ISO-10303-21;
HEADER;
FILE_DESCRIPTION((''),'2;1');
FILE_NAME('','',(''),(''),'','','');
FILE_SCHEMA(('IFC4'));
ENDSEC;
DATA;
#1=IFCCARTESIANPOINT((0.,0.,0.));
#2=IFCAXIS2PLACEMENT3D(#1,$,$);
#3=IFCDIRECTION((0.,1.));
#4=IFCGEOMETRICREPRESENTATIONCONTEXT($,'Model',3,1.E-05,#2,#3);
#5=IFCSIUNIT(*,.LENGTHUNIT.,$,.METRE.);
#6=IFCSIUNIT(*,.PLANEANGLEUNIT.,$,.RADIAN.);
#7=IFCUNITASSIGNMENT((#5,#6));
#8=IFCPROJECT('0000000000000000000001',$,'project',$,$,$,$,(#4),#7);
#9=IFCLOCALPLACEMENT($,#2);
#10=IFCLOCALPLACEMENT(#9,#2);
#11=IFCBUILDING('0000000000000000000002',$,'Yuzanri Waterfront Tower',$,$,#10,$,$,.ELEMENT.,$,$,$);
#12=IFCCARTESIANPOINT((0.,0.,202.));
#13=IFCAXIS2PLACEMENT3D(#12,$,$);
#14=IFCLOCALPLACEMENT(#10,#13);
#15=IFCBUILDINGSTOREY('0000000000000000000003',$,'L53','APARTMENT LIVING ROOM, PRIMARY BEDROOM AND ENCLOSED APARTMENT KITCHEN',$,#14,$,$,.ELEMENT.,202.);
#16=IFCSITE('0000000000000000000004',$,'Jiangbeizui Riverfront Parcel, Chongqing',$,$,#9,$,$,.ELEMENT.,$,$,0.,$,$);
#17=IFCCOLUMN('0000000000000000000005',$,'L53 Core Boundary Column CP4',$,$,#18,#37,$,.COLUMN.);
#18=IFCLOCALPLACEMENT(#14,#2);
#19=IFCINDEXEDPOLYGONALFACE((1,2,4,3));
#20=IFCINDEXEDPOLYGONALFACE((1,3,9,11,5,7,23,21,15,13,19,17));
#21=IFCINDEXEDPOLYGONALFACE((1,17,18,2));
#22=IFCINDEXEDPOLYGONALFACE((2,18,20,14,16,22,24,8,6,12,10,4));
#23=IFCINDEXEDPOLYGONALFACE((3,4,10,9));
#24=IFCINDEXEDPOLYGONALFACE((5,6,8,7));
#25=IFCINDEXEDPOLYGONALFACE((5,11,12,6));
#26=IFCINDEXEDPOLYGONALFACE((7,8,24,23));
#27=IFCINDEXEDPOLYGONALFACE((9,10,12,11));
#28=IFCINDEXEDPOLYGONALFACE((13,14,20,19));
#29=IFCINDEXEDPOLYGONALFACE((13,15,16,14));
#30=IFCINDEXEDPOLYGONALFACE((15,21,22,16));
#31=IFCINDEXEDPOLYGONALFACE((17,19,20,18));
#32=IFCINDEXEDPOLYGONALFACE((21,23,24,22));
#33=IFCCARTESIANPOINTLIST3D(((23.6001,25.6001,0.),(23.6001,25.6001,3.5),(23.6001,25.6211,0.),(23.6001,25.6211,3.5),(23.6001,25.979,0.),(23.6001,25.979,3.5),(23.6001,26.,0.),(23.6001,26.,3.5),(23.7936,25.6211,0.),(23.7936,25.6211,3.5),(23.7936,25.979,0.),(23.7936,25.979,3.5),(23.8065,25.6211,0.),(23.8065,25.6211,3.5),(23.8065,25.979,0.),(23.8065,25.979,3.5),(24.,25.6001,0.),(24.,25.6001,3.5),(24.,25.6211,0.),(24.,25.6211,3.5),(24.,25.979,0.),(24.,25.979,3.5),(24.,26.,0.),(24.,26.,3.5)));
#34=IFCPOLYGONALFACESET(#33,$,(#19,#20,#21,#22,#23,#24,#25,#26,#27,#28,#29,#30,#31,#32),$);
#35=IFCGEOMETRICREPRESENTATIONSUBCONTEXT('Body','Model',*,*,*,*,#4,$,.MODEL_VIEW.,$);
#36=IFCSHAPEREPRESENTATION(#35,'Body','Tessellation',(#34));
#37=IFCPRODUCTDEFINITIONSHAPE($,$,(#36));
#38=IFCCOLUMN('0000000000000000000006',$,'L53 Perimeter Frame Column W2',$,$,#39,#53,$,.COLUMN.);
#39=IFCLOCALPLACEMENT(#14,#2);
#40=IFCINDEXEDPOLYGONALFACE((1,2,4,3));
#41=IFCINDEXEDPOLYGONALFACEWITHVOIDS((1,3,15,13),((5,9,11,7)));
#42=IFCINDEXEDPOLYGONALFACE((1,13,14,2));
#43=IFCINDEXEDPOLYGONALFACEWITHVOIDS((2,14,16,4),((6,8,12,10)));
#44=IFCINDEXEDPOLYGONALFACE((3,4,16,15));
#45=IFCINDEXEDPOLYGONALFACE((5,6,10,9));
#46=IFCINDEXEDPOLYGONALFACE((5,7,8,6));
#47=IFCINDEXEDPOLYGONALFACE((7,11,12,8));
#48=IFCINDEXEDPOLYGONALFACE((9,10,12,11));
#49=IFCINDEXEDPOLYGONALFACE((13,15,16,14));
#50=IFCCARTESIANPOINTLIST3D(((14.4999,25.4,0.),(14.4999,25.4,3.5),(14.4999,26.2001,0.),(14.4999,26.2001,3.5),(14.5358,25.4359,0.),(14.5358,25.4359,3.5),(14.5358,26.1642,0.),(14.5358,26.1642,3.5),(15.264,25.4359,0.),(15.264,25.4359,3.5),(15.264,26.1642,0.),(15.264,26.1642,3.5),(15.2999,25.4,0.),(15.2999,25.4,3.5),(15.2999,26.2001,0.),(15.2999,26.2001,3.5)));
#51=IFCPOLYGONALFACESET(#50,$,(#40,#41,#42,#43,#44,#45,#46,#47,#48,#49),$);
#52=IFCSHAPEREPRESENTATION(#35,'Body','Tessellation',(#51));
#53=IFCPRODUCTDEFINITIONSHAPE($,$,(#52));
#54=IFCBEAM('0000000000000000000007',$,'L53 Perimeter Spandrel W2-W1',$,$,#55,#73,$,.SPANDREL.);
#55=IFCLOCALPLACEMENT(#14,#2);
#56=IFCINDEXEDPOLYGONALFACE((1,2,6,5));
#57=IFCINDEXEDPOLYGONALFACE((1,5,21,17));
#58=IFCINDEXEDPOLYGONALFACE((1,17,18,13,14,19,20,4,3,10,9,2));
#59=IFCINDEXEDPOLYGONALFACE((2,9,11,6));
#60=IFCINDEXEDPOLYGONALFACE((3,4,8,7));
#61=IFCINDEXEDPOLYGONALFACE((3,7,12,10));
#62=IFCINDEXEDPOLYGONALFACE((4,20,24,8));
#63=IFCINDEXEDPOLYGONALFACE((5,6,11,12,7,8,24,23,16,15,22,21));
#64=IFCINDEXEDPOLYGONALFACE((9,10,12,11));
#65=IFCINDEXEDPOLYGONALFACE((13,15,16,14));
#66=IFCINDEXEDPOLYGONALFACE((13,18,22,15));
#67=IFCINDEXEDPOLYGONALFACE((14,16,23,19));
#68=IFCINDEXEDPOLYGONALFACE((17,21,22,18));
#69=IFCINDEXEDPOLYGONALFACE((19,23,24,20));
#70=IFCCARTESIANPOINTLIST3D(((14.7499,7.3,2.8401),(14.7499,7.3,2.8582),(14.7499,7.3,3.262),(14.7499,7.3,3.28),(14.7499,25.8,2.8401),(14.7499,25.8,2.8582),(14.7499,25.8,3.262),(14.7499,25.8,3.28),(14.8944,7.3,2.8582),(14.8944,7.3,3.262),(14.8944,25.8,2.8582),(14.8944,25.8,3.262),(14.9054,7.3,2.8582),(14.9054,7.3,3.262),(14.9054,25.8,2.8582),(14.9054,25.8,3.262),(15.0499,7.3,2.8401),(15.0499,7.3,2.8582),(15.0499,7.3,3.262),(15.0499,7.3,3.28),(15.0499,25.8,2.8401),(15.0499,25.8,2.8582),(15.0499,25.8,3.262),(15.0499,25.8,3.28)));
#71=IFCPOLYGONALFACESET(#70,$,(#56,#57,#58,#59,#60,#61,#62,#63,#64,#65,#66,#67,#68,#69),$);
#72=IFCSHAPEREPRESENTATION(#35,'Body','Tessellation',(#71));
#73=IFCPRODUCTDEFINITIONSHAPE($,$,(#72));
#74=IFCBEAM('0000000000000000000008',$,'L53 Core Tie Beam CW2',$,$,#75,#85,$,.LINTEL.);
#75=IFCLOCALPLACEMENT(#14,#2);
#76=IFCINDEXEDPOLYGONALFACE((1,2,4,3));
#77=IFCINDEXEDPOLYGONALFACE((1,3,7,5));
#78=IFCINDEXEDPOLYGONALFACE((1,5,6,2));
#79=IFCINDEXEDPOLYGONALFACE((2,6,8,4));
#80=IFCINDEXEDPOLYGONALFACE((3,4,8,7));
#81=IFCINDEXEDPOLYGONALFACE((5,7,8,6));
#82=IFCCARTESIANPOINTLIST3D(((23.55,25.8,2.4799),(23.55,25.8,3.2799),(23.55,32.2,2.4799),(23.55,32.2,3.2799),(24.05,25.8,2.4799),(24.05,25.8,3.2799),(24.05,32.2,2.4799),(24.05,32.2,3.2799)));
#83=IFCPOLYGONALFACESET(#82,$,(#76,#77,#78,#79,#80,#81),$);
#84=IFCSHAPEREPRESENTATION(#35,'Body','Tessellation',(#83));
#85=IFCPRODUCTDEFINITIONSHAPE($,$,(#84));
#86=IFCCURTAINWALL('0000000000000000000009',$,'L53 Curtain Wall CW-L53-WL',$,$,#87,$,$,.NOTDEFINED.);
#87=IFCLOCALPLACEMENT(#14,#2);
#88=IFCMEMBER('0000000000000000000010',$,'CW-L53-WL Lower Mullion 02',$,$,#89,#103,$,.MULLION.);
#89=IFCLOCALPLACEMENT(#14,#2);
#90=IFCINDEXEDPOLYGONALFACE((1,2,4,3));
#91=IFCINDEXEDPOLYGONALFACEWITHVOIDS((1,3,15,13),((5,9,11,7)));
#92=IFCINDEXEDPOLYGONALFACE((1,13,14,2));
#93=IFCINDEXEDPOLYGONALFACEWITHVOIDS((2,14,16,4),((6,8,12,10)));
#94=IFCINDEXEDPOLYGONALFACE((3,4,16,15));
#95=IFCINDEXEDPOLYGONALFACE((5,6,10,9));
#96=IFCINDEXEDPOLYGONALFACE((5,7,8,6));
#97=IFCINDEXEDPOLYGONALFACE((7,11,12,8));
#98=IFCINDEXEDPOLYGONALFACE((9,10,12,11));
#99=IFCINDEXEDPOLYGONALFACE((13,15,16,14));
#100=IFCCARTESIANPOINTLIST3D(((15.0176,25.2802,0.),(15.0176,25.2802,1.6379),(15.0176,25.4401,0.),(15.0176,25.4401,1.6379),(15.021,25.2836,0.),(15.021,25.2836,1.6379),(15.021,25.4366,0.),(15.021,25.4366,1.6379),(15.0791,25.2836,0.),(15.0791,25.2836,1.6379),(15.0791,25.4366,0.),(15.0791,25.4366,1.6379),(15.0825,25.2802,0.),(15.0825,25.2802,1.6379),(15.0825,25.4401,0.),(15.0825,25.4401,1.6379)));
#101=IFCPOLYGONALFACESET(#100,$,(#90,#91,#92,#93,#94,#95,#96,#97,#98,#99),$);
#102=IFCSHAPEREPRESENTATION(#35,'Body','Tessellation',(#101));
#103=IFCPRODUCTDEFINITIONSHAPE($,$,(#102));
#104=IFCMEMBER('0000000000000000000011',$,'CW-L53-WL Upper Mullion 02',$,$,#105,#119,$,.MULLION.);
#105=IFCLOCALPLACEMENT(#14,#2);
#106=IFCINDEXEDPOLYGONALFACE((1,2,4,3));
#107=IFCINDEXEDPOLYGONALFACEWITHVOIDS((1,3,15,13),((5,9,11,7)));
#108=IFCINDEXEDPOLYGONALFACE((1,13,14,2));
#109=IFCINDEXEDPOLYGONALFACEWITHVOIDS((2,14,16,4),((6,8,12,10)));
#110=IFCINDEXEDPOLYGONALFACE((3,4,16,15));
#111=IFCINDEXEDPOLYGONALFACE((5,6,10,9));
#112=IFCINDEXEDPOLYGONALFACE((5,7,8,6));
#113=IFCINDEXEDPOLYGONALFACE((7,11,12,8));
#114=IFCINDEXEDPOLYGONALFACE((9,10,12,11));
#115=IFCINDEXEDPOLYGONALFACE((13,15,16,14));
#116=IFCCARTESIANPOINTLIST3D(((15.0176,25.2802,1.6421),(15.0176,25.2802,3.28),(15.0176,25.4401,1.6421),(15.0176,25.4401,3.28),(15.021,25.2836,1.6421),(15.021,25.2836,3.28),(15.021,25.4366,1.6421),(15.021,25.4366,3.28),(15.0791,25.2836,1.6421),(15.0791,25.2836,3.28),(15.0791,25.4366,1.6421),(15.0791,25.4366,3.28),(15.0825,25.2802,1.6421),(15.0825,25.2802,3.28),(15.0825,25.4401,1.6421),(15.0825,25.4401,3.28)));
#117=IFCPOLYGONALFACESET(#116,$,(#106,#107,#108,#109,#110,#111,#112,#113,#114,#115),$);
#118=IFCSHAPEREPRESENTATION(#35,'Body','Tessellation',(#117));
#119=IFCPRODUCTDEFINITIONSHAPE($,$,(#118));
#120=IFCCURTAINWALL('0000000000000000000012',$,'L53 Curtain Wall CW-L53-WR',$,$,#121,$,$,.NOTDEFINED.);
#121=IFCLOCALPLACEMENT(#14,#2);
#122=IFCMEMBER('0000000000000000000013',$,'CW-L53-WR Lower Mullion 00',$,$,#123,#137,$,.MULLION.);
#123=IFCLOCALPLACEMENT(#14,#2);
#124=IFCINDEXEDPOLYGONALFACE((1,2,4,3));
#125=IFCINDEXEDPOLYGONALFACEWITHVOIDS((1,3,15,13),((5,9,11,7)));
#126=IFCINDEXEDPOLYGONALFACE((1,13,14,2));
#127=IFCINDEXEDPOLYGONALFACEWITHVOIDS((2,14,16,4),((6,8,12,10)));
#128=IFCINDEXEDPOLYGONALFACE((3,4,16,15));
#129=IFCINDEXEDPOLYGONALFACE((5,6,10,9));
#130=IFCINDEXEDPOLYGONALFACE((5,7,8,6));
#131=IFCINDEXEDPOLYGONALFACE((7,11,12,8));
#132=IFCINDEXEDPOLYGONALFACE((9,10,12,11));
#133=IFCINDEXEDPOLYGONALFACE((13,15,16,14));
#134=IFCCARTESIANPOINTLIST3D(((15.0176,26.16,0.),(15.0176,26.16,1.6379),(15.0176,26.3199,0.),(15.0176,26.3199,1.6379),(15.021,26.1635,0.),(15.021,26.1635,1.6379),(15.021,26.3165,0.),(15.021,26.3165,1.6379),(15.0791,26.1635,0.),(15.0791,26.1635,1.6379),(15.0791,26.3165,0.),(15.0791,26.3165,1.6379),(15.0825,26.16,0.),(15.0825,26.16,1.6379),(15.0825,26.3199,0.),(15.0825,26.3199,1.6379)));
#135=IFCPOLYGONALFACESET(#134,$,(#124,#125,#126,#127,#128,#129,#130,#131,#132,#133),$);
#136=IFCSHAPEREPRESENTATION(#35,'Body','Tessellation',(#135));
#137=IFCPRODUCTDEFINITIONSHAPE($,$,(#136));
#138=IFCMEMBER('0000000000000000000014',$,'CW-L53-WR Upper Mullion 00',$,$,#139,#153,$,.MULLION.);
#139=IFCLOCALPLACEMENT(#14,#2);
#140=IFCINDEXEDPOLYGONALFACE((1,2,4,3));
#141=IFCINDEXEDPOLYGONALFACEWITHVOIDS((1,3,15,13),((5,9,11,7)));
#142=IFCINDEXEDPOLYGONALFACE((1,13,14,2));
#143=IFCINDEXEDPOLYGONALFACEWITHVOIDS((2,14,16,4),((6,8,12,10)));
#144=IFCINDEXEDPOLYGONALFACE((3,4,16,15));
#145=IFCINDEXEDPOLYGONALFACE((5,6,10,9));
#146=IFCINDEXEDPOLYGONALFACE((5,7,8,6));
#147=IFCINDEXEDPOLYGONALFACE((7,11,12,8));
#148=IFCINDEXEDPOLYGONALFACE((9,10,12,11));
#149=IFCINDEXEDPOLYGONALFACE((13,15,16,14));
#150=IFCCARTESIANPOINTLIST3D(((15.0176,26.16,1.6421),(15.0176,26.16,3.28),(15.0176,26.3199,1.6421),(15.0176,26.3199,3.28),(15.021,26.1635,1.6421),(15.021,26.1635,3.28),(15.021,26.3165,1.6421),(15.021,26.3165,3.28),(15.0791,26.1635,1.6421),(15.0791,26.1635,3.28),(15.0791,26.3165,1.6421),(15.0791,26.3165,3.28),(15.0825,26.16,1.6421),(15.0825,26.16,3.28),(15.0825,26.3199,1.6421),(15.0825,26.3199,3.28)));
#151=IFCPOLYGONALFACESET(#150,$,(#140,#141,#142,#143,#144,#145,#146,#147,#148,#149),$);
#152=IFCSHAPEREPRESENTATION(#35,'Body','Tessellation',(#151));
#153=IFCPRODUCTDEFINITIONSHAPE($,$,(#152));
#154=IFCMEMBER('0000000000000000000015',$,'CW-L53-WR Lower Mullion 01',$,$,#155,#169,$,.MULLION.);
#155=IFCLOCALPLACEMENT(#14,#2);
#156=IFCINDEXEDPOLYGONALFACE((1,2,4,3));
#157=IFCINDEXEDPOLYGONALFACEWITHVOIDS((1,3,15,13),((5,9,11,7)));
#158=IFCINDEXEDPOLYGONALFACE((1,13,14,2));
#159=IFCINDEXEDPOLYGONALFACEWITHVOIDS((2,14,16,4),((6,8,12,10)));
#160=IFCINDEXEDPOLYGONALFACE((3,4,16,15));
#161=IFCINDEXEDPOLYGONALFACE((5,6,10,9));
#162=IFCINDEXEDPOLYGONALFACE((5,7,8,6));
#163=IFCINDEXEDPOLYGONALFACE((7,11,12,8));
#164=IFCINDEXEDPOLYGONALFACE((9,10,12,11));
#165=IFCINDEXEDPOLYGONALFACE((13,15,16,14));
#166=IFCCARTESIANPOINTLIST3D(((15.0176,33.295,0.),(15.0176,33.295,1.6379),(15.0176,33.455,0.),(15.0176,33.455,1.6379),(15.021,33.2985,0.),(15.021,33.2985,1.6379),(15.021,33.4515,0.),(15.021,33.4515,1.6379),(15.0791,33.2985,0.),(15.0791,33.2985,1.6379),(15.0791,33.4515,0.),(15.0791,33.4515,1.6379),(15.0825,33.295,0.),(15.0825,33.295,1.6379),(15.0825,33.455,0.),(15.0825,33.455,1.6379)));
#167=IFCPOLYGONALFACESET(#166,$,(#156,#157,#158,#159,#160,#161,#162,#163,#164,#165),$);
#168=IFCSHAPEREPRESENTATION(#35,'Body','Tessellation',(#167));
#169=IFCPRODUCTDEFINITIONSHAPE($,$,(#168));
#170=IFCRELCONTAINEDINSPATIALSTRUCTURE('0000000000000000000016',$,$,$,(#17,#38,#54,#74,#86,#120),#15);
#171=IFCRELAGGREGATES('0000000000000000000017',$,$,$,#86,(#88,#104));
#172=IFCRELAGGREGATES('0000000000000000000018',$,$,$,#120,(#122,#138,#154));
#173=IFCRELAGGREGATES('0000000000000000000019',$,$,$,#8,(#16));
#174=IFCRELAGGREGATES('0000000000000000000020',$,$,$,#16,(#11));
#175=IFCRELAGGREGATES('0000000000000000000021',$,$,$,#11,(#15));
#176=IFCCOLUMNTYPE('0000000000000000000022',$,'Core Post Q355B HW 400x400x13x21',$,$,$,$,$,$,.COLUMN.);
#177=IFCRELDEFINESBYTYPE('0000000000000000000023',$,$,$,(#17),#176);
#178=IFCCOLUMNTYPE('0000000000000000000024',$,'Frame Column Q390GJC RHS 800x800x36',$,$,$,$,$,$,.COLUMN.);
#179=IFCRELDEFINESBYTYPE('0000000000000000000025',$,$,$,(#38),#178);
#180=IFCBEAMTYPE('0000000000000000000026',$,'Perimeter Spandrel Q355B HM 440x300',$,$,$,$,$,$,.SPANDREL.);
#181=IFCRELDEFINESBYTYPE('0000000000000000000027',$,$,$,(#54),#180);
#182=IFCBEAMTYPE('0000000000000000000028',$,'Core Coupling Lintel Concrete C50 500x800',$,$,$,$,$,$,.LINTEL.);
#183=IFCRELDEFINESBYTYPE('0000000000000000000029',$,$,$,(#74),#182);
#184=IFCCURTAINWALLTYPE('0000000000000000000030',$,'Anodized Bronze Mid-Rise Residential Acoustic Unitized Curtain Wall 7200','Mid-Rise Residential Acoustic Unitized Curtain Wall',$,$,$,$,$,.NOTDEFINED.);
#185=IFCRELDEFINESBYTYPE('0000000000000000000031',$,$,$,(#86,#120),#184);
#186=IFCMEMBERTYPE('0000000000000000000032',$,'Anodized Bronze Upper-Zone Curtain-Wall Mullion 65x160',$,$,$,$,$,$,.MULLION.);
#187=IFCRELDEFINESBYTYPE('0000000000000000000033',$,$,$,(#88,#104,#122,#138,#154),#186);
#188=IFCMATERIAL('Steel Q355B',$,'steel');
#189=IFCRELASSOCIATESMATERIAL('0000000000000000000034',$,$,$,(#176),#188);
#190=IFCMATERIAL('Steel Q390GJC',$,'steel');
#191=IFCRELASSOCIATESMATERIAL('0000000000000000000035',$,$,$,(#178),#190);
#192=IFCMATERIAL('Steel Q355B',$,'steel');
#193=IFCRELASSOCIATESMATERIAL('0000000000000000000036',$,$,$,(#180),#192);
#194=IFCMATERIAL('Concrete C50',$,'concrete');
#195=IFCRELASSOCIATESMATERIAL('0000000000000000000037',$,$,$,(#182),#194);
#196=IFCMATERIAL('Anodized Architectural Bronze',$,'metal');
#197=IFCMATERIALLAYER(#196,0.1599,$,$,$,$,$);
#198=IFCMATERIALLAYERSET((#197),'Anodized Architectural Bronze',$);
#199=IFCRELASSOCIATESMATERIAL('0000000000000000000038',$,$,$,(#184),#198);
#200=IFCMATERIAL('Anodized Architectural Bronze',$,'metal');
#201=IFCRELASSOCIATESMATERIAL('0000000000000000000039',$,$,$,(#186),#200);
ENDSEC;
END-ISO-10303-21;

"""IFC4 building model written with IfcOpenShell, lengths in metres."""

from ifc_helpers import new_model, si_unit, direction, frame, origin, origin_2d, place, context, subcontext, project, spatial, rectangle, hollow_rectangle, i_section, extrude, source, transform, mapped, material, layer, layer_set, material_profile, profile_set, type_object, element, aggregate, save


model = new_model("IFC4")

# Units and contexts
model_context = context("Model", 3, precision=1e-05, world=origin(), true_north=direction((0.0, 1.0)))
body_context = subcontext(model_context, "Body", "Model", "MODEL_VIEW")
ifc_project = project(units=[si_unit("LENGTHUNIT", "METRE"), si_unit("PLANEANGLEUNIT", "RADIAN")], contexts=[model_context])

# Site, building, storey
site_placement = place(None, origin())
site = spatial("IfcSite", under=ifc_project, at=site_placement, Name="Jiangbeizui Riverfront Parcel, Chongqing", CompositionType="ELEMENT", RefElevation=0.0)
building_placement = place(site_placement, origin())
building = spatial("IfcBuilding", under=site, at=building_placement, Name="Yuzanri Waterfront Tower", CompositionType="ELEMENT")
storey_placement = place(building_placement, frame((0.0, 0.0, 202.0)))
storey = spatial("IfcBuildingStorey", under=building, at=storey_placement, Name="L53", Description="APARTMENT LIVING ROOM, PRIMARY BEDROOM AND ENCLOSED APARTMENT KITCHEN", CompositionType="ELEMENT", Elevation=202.0)

# Columns
ifc_material_1 = material(Name="Steel Q355B", Category="steel")
ifc_material_profile_1 = material_profile(ifc_material_1, i_section(OverallWidth=0.3999, OverallDepth=0.3999, WebThickness=0.0129, FlangeThickness=0.021, at=origin_2d()), Name="HW 400x400x13x21")
ifc_profile_set_1 = profile_set([ifc_material_profile_1], Name="Steel Q355B")
column_type_1 = type_object("IfcColumnType", Name="Core Post Q355B HW 400x400x13x21", PredefinedType="COLUMN", material=ifc_profile_set_1)
shared_shape_1 = source(origin(), body_context, "Body", "SweptSolid", [
    extrude(i_section(OverallWidth=0.3999, OverallDepth=0.3999, WebThickness=0.0129, FlangeThickness=0.021, at=origin_2d()), origin(), (0.0, 0.0, 1.0), 3.5),
])
column_1_placement = place(storey_placement, frame((23.8, 25.8, 0.0), z_axis=(0.0, 0.0, 1.0), x_axis=(1.0, 0.0, 0.0)))
element("IfcColumn", 1, at=column_1_placement, inside=storey, type_object=column_type_1, Name="L53 Core Boundary Column CP4", PredefinedType="COLUMN", context=body_context, shape_type="MappedRepresentation", body=[
    mapped(shared_shape_1, transform((0.0, 0.0, 0.0), scale=1.0)),
])
ifc_material_2 = material(Name="Steel Q390GJC", Category="steel")
ifc_material_profile_2 = material_profile(ifc_material_2, hollow_rectangle(XDim=0.8, YDim=0.8, WallThickness=0.0359, at=origin_2d()), Name="RHS 800x800x36")
ifc_profile_set_2 = profile_set([ifc_material_profile_2], Name="Steel Q390GJC")
column_type_2 = type_object("IfcColumnType", Name="Frame Column Q390GJC RHS 800x800x36", PredefinedType="COLUMN", material=ifc_profile_set_2)
shared_shape_2 = source(origin(), body_context, "Body", "SweptSolid", [
    extrude(hollow_rectangle(XDim=0.8, YDim=0.8, WallThickness=0.0359, at=origin_2d()), origin(), (0.0, 0.0, 1.0), 3.5),
])
column_2_placement = place(storey_placement, frame((14.8999, 25.8, 0.0), z_axis=(0.0, 0.0, 1.0), x_axis=(1.0, 0.0, 0.0)))
element("IfcColumn", 2, at=column_2_placement, inside=storey, type_object=column_type_2, Name="L53 Perimeter Frame Column W2", PredefinedType="COLUMN", context=body_context, shape_type="MappedRepresentation", body=[
    mapped(shared_shape_2, transform((0.0, 0.0, 0.0), scale=1.0)),
])

# Beams
ifc_material_3 = material(Name="Steel Q355B", Category="steel")
ifc_material_profile_3 = material_profile(ifc_material_3, i_section(OverallWidth=0.3, OverallDepth=0.4399, WebThickness=0.011, FlangeThickness=0.0181, at=origin_2d()), Name="HM 440x300x11x18")
ifc_profile_set_3 = profile_set([ifc_material_profile_3], Name="Steel Q355B")
beam_type_1 = type_object("IfcBeamType", Name="Perimeter Spandrel Q355B HM 440x300", PredefinedType="SPANDREL", material=ifc_profile_set_3)
shared_shape_3 = source(origin(), body_context, "Body", "SweptSolid", [
    extrude(i_section(OverallWidth=0.3, OverallDepth=0.4399, WebThickness=0.011, FlangeThickness=0.0181, at=origin_2d()), origin(), (0.0, 0.0, 1.0), 18.5),
])
beam_1_placement = place(storey_placement, frame((14.8999, 25.8, 3.0601), z_axis=(0.0, -1.0, 0.0), x_axis=(1.0, 0.0, 0.0)))
element("IfcBeam", 3, at=beam_1_placement, inside=storey, type_object=beam_type_1, Name="L53 Perimeter Spandrel W2-W1", PredefinedType="SPANDREL", context=body_context, shape_type="MappedRepresentation", body=[
    mapped(shared_shape_3, transform((0.0, 0.0, 0.0), scale=1.0)),
])
ifc_material_4 = material(Name="Concrete C50", Category="concrete")
ifc_material_profile_4 = material_profile(ifc_material_4, rectangle(XDim=0.5, YDim=0.8, at=origin_2d()), Name="RC 500x800")
ifc_profile_set_4 = profile_set([ifc_material_profile_4], Name="Concrete C50")
beam_type_2 = type_object("IfcBeamType", Name="Core Coupling Lintel Concrete C50 500x800", PredefinedType="LINTEL", material=ifc_profile_set_4)
shared_shape_4 = source(origin(), body_context, "Body", "SweptSolid", [
    extrude(rectangle(XDim=0.5, YDim=0.8, at=origin_2d()), origin(), (0.0, 0.0, 1.0), 6.3999),
])
beam_2_placement = place(storey_placement, frame((23.8, 25.8, 2.8799), z_axis=(0.0, 1.0, 0.0), x_axis=(-1.0, 0.0, 0.0)))
element("IfcBeam", 4, at=beam_2_placement, inside=storey, type_object=beam_type_2, Name="L53 Core Tie Beam CW2", PredefinedType="LINTEL", context=body_context, shape_type="MappedRepresentation", body=[
    mapped(shared_shape_4, transform((0.0, 0.0, 0.0), scale=1.0)),
])

# Curtain wall, members
ifc_material_5 = material(Name="Anodized Architectural Bronze", Category="metal")
ifc_layer_1 = layer(ifc_material_5, 0.1599)
ifc_layer_set_1 = layer_set([ifc_layer_1], Name="Anodized Architectural Bronze")
curtain_wall_type = type_object("IfcCurtainWallType", Name="Anodized Bronze Mid-Rise Residential Acoustic Unitized Curtain Wall 7200", Description="Mid-Rise Residential Acoustic Unitized Curtain Wall", PredefinedType="NOTDEFINED", material=ifc_layer_set_1)
curtain_wall_1_placement = place(storey_placement, origin())
curtain_wall_1 = element("IfcCurtainWall", 5, at=curtain_wall_1_placement, inside=storey, type_object=curtain_wall_type, Name="L53 Curtain Wall CW-L53-WL", PredefinedType="NOTDEFINED")
ifc_material_6 = material(Name="Anodized Architectural Bronze", Category="metal")
ifc_material_profile_5 = material_profile(ifc_material_6, hollow_rectangle(XDim=0.0649, YDim=0.1599, WallThickness=0.0034, at=origin_2d()), Name="CWM 65x160")
ifc_profile_set_5 = profile_set([ifc_material_profile_5], Name="Anodized Architectural Bronze")
member_type_1 = type_object("IfcMemberType", Name="Anodized Bronze Upper-Zone Curtain-Wall Mullion 65x160", PredefinedType="MULLION", material=ifc_profile_set_5)
shared_shape_5 = source(origin(), body_context, "Body", "SweptSolid", [
    extrude(hollow_rectangle(XDim=0.0649, YDim=0.1599, WallThickness=0.0034, at=origin_2d()), origin(), (0.0, 0.0, 1.0), 1.6379),
])
member_1_placement = place(storey_placement, frame((15.05, 25.3601, 0.0), z_axis=(0.0, 0.0, 1.0), x_axis=(1.0, 0.0, 0.0)))
member_1 = element("IfcMember", 6, at=member_1_placement, type_object=member_type_1, Name="CW-L53-WL Lower Mullion 02", PredefinedType="MULLION", context=body_context, shape_type="MappedRepresentation", body=[
    mapped(shared_shape_5, transform((0.0, 0.0, 0.0), scale=1.0)),
])
member_2_placement = place(storey_placement, frame((15.05, 25.3601, 1.6421), z_axis=(0.0, 0.0, 1.0), x_axis=(1.0, 0.0, 0.0)))
member_2 = element("IfcMember", 7, at=member_2_placement, type_object=member_type_1, Name="CW-L53-WL Upper Mullion 02", PredefinedType="MULLION", context=body_context, shape_type="MappedRepresentation", body=[
    mapped(shared_shape_5, transform((0.0, 0.0, 0.0), scale=1.0)),
])
aggregate(curtain_wall_1, [member_1, member_2])

# Curtain wall, members
curtain_wall_2_placement = place(storey_placement, origin())
curtain_wall_2 = element("IfcCurtainWall", 8, at=curtain_wall_2_placement, inside=storey, type_object=curtain_wall_type, Name="L53 Curtain Wall CW-L53-WR", PredefinedType="NOTDEFINED")
member_3_placement = place(storey_placement, frame((15.05, 26.24, 0.0), z_axis=(0.0, 0.0, 1.0), x_axis=(1.0, 0.0, 0.0)))
member_3 = element("IfcMember", 9, at=member_3_placement, type_object=member_type_1, Name="CW-L53-WR Lower Mullion 00", PredefinedType="MULLION", context=body_context, shape_type="MappedRepresentation", body=[
    mapped(shared_shape_5, transform((0.0, 0.0, 0.0), scale=1.0)),
])
member_4_placement = place(storey_placement, frame((15.05, 26.24, 1.6421), z_axis=(0.0, 0.0, 1.0), x_axis=(1.0, 0.0, 0.0)))
member_4 = element("IfcMember", 10, at=member_4_placement, type_object=member_type_1, Name="CW-L53-WR Upper Mullion 00", PredefinedType="MULLION", context=body_context, shape_type="MappedRepresentation", body=[
    mapped(shared_shape_5, transform((0.0, 0.0, 0.0), scale=1.0)),
])
member_5_placement = place(storey_placement, frame((15.05, 33.375, 0.0), z_axis=(0.0, 0.0, 1.0), x_axis=(1.0, 0.0, 0.0)))
member_5 = element("IfcMember", 11, at=member_5_placement, type_object=member_type_1, Name="CW-L53-WR Lower Mullion 01", PredefinedType="MULLION", context=body_context, shape_type="MappedRepresentation", body=[
    mapped(shared_shape_5, transform((0.0, 0.0, 0.0), scale=1.0)),
])
aggregate(curtain_wall_2, [member_3, member_4, member_5])

save(model, "model.ifc")
